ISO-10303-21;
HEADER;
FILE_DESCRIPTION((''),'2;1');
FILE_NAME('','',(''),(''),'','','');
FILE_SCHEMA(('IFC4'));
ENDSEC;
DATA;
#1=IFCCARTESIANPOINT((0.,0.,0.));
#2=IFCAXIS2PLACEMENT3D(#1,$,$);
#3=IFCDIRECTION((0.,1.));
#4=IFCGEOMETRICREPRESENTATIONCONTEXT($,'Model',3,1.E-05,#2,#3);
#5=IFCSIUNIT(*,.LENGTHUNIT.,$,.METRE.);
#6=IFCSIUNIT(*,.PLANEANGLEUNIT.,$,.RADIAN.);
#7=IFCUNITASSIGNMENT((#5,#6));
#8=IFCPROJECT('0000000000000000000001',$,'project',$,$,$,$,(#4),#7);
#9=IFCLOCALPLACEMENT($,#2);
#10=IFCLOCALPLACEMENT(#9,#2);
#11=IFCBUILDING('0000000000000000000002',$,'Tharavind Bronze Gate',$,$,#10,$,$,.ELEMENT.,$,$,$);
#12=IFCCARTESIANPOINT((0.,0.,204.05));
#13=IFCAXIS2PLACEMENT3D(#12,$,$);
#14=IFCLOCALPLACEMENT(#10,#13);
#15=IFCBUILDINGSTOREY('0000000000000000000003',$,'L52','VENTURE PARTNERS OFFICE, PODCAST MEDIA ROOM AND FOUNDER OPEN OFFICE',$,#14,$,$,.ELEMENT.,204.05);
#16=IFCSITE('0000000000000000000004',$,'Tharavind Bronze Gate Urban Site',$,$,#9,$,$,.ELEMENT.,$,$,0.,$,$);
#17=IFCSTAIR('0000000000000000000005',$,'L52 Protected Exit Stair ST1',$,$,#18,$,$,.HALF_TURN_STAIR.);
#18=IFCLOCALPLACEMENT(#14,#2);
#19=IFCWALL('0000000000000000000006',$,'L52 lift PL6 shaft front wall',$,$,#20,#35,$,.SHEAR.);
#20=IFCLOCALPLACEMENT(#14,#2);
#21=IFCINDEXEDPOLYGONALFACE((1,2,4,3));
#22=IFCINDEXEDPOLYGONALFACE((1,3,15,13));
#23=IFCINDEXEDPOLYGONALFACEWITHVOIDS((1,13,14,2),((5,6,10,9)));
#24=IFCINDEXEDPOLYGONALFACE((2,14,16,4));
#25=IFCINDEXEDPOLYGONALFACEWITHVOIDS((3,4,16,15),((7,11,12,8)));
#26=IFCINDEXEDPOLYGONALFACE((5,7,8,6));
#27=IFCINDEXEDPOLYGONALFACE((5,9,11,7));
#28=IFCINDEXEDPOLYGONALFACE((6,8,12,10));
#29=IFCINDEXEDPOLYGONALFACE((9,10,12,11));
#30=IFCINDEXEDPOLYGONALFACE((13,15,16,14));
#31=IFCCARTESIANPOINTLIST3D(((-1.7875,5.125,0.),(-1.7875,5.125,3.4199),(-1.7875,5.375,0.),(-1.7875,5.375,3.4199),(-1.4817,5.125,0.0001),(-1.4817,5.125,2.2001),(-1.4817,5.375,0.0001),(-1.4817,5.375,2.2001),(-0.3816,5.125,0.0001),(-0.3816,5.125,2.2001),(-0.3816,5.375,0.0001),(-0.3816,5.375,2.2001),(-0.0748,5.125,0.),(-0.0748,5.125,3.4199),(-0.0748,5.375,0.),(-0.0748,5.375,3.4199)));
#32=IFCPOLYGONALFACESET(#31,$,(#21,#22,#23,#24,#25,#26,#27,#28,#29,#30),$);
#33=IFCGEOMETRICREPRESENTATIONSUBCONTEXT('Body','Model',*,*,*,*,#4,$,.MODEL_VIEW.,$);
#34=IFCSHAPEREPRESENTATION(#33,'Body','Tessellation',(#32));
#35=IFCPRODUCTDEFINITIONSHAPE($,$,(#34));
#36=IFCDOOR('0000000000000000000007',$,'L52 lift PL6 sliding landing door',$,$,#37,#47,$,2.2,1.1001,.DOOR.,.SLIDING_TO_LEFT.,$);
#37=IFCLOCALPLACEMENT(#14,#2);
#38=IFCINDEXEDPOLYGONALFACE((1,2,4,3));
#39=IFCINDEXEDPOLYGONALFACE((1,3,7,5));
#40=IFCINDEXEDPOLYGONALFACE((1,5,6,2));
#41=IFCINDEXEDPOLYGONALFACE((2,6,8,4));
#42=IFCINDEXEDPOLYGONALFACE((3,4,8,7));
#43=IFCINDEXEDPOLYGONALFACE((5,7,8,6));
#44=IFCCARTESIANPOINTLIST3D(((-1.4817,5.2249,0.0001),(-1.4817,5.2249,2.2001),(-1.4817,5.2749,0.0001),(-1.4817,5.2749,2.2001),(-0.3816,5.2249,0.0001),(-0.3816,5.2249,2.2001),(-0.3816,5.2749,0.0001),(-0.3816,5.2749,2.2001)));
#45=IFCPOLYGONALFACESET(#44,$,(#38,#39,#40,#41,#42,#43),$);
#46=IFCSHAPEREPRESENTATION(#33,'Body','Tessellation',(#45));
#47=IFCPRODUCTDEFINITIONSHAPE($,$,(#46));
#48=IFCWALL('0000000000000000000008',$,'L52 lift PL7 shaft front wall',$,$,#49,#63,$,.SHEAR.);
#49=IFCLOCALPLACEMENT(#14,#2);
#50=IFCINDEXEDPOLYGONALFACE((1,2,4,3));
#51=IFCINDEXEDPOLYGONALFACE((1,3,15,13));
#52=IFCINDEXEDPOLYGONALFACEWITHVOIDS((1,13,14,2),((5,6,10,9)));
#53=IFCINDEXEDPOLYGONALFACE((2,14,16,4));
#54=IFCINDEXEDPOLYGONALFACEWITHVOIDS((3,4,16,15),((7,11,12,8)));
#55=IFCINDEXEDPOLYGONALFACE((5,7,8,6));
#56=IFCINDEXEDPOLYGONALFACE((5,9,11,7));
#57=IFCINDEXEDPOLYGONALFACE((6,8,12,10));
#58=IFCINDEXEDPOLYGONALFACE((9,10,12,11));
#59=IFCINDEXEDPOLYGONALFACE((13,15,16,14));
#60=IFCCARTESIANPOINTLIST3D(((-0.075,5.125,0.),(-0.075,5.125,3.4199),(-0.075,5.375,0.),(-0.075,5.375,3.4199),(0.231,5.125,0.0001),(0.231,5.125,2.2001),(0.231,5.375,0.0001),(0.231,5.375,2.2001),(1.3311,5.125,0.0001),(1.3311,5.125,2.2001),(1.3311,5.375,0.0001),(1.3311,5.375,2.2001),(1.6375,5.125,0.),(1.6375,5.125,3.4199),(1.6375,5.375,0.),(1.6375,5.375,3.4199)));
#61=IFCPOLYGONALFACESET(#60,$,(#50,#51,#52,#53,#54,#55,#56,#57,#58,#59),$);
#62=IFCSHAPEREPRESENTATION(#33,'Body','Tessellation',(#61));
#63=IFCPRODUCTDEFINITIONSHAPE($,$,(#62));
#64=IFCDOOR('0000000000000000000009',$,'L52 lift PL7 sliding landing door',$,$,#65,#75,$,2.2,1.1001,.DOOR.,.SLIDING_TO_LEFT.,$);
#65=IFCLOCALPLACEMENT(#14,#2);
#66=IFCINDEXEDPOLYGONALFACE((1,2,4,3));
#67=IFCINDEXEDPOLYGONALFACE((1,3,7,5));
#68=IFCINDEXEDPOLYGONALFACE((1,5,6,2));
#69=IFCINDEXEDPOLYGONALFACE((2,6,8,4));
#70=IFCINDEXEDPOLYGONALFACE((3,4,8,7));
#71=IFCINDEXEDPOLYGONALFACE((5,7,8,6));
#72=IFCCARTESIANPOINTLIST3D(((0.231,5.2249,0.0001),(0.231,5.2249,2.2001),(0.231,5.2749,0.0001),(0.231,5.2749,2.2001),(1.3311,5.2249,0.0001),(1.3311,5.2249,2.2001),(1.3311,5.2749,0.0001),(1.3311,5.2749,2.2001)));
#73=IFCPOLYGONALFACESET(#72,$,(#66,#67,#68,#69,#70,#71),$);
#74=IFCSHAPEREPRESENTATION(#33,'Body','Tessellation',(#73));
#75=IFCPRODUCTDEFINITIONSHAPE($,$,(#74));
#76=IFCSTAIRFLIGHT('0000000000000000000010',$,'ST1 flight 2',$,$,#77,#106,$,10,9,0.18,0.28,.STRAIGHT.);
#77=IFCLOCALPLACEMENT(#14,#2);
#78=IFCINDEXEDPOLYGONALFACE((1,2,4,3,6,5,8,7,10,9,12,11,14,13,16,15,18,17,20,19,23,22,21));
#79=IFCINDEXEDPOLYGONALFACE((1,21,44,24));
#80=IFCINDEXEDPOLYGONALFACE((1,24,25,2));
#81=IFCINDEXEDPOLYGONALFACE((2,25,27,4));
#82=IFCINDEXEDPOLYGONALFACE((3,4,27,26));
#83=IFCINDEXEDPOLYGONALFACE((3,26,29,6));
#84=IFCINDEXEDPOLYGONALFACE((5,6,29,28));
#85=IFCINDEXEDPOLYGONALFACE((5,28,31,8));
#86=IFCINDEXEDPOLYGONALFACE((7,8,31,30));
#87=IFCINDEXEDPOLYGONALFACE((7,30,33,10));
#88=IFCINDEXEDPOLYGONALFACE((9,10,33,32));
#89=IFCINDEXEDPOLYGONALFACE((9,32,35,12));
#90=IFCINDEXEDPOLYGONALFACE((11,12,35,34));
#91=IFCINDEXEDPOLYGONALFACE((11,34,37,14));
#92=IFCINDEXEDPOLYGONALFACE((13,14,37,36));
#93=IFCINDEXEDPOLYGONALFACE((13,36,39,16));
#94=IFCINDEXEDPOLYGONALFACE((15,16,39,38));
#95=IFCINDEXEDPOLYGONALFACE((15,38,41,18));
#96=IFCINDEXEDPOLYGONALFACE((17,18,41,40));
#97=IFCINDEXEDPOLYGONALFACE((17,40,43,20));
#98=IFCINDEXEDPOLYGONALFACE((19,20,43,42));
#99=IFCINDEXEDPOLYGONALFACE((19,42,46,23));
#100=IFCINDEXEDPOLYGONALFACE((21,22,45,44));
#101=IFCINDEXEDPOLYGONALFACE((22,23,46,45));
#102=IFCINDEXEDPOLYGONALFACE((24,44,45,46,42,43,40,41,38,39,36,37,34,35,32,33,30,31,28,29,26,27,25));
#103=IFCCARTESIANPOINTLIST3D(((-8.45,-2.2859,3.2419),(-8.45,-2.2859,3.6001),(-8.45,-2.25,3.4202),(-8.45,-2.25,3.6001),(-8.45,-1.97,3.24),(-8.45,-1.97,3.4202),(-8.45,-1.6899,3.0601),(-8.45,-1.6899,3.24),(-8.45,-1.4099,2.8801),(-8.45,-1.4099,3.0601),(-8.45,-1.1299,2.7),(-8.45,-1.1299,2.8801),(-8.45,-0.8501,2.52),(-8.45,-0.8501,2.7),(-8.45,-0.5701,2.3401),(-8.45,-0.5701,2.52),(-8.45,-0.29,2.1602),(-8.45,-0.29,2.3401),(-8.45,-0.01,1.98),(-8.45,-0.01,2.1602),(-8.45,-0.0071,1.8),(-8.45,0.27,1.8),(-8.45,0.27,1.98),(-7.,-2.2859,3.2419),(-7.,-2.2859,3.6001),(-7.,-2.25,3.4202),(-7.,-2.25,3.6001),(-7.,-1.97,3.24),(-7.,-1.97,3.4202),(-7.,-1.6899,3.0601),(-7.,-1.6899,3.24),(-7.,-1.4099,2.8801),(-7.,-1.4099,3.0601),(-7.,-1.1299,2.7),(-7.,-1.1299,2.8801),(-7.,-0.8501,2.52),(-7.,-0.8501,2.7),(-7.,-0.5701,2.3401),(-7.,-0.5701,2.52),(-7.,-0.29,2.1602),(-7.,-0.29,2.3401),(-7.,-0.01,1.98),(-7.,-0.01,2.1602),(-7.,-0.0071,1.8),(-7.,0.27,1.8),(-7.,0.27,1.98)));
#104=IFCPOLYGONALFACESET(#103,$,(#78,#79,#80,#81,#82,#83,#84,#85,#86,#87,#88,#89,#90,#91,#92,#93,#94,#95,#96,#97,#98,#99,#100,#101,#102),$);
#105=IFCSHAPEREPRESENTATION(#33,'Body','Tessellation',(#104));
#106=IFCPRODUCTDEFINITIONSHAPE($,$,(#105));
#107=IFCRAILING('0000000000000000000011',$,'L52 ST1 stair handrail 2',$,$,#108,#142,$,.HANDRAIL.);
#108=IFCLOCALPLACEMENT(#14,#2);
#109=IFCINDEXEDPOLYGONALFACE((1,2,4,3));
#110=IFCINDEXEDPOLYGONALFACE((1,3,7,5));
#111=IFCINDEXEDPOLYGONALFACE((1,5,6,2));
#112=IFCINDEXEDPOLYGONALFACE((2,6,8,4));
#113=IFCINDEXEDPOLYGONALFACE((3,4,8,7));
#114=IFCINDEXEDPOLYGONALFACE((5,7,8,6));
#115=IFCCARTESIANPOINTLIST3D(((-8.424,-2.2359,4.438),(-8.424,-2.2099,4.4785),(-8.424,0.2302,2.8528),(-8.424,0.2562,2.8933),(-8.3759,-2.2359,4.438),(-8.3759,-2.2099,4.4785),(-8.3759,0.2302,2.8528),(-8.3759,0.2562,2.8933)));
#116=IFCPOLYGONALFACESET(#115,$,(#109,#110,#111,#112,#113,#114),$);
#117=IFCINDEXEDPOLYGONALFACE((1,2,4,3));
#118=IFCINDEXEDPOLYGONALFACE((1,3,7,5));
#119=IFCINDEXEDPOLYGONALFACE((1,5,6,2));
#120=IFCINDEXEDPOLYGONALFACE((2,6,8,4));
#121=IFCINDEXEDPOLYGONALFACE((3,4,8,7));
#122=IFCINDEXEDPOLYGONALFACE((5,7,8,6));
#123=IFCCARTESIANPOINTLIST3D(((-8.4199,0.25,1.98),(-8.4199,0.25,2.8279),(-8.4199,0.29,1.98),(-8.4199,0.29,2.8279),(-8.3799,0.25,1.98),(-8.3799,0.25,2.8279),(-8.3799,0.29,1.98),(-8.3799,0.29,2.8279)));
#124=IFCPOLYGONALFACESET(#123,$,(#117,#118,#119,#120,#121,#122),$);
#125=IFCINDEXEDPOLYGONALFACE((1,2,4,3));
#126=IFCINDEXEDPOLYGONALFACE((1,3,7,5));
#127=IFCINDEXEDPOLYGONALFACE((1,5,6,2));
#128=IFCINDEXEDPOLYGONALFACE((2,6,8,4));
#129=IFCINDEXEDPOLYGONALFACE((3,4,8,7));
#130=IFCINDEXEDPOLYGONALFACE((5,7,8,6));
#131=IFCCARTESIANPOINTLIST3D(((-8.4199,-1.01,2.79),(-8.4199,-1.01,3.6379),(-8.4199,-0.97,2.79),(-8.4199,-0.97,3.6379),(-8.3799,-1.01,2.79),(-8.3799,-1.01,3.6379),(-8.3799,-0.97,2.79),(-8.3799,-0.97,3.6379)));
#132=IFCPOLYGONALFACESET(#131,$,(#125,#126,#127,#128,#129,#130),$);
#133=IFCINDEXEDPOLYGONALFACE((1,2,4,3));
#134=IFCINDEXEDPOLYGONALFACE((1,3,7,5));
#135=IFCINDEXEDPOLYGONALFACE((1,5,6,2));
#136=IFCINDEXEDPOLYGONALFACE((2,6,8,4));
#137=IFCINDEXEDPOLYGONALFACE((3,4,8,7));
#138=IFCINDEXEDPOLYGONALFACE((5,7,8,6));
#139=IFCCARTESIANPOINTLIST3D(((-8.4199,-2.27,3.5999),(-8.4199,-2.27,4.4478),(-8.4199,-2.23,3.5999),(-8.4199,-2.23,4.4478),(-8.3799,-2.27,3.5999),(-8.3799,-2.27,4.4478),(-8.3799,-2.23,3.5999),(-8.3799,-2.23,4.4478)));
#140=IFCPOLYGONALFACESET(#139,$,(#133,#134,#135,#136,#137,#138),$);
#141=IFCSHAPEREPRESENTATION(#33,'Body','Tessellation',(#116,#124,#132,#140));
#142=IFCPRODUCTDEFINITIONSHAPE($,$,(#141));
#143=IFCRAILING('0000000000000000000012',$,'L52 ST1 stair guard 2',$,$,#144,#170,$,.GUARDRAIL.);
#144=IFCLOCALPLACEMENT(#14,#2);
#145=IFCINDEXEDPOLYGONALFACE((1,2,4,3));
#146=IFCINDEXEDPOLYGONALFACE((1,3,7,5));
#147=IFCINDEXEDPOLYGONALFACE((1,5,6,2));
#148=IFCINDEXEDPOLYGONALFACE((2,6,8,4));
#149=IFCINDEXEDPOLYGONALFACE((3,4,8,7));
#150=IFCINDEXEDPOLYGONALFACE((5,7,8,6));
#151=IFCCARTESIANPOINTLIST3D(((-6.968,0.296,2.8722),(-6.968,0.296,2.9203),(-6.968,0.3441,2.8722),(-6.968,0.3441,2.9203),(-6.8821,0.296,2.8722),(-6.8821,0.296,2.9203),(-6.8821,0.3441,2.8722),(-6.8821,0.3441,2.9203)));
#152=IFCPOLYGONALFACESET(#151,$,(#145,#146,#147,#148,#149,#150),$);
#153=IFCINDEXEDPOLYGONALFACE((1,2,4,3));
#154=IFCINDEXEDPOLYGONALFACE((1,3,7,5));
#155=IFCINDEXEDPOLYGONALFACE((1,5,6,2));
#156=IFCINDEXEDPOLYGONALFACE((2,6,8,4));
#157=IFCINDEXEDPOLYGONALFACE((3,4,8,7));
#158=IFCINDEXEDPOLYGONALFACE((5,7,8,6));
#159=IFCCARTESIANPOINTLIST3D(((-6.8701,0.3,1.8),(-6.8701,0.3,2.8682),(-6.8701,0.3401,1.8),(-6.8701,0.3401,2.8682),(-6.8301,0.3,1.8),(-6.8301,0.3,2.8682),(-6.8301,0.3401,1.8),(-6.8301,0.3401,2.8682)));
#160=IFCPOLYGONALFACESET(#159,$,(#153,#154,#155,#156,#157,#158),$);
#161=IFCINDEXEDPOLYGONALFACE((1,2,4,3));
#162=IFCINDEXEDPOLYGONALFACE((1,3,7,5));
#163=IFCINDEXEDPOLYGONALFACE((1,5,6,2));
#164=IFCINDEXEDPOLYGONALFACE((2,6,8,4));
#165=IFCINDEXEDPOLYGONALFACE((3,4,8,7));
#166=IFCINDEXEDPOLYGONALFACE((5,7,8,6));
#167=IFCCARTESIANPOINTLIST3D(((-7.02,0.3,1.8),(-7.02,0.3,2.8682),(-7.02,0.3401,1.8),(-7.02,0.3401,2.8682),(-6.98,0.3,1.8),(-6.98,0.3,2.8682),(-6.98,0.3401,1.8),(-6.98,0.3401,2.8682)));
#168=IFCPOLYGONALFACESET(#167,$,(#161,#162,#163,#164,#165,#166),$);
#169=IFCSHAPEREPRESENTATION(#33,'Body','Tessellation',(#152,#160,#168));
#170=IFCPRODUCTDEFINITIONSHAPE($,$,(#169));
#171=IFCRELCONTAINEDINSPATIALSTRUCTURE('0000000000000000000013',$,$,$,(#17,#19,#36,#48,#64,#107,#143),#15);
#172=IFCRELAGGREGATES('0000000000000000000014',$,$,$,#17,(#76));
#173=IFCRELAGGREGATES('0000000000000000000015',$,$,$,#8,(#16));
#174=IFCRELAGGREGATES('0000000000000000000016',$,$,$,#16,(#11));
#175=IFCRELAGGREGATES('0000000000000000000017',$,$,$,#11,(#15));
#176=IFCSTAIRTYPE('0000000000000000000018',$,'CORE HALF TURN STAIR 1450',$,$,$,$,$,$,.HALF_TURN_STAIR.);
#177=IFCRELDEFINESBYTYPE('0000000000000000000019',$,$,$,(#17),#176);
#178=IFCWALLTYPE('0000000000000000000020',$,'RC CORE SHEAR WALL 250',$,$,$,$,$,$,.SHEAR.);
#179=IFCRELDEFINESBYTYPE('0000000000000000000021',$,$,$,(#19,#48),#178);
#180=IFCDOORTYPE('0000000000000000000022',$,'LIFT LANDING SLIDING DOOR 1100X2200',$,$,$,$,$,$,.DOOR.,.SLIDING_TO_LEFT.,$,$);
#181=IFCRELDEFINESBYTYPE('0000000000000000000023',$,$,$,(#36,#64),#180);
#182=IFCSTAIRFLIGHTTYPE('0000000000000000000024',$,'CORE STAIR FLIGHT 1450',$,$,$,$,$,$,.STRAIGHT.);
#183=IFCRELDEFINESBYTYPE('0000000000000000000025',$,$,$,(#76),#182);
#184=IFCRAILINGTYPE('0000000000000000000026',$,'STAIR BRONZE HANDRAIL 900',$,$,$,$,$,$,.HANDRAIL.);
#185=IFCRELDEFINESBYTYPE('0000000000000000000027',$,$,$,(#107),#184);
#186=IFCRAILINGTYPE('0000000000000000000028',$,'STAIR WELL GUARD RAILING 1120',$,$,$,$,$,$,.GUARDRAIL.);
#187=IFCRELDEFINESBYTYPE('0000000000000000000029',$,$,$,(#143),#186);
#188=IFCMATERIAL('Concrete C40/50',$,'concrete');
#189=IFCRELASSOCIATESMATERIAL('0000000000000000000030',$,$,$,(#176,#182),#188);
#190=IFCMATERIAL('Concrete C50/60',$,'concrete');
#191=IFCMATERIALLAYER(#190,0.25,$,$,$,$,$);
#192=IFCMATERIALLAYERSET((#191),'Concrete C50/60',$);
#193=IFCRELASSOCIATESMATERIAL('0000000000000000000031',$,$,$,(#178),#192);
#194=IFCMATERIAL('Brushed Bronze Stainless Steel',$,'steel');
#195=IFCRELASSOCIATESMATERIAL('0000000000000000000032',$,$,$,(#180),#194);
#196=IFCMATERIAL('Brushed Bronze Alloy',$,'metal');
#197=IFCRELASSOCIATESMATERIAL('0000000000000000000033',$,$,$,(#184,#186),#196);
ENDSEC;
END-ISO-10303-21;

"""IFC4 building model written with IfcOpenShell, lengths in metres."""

from ifc_helpers import new_model, si_unit, direction, frame, frame_2d, origin, origin_2d, place, context, subcontext, project, spatial, polyline, rectangle, outline, extrude, material, layer, layer_set, type_object, element, fill, aggregate, save


model = new_model("IFC4")

# Units and contexts
model_context = context("Model", 3, precision=1e-05, world=origin(), true_north=direction((0.0, 1.0)))
body_context = subcontext(model_context, "Body", "Model", "MODEL_VIEW")
ifc_project = project(units=[si_unit("LENGTHUNIT", "METRE"), si_unit("PLANEANGLEUNIT", "RADIAN")], contexts=[model_context])

# Site, building, storey
site_placement = place(None, origin())
site = spatial("IfcSite", under=ifc_project, at=site_placement, Name="Tharavind Bronze Gate Urban Site", CompositionType="ELEMENT", RefElevation=0.0)
building_placement = place(site_placement, origin())
building = spatial("IfcBuilding", under=site, at=building_placement, Name="Tharavind Bronze Gate", CompositionType="ELEMENT")
storey_placement = place(building_placement, frame((0.0, 0.0, 204.05)))
storey = spatial("IfcBuildingStorey", under=building, at=storey_placement, Name="L52", Description="VENTURE PARTNERS OFFICE, PODCAST MEDIA ROOM AND FOUNDER OPEN OFFICE", CompositionType="ELEMENT", Elevation=204.05)

# Shared definitions
ifc_material_1 = material(Name="Concrete C40/50", Category="concrete")

# Stair
stair_type = type_object("IfcStairType", Name="CORE HALF TURN STAIR 1450", PredefinedType="HALF_TURN_STAIR", material=ifc_material_1)
stair_1_placement = place(storey_placement, origin())
stair_1 = element("IfcStair", 1, at=stair_1_placement, inside=storey, type_object=stair_type, Name="L52 Protected Exit Stair ST1", PredefinedType="HALF_TURN_STAIR")

# Walls, openings, doors
ifc_material_2 = material(Name="Concrete C50/60", Category="concrete")
ifc_layer_1 = layer(ifc_material_2, 0.25)
ifc_layer_set_1 = layer_set([ifc_layer_1], Name="Concrete C50/60")
wall_type_1 = type_object("IfcWallType", Name="RC CORE SHEAR WALL 250", PredefinedType="SHEAR", material=ifc_layer_set_1)
ifc_material_3 = material(Name="Brushed Bronze Stainless Steel", Category="steel")
door_type_1 = type_object("IfcDoorType", Name="LIFT LANDING SLIDING DOOR 1100X2200", OperationType="SLIDING_TO_LEFT", PredefinedType="DOOR", material=ifc_material_3)
wall_1_placement = place(storey_placement, frame((-1.7876, 5.25, 0.0), z_axis=(0.0, 0.0, 1.0), x_axis=(1.0, 0.0, 0.0)))
wall_1 = element("IfcWall", 2, at=wall_1_placement, inside=storey, type_object=wall_type_1, Name="L52 lift PL6 shaft front wall", PredefinedType="SHEAR", context=body_context, shape_type="SweptSolid", body=[
    extrude(rectangle(XDim=1.7126, YDim=0.25, at=frame_2d((0.8564, 0.0))), origin(), (0.0, 0.0, 1.0), 3.4199),
])
opening_1_placement = place(wall_1_placement, frame((0.3059, 0.0, 0.0)))
opening_1 = element("IfcOpeningElement", 3, at=opening_1_placement, cuts=wall_1, PredefinedType="OPENING", context=body_context, shape_type="SweptSolid", body=[
    extrude(rectangle(XDim=1.1001, YDim=2.2, at=frame_2d((0.55, 1.1001))), frame((0.0, 0.135, 0.0), z_axis=(0.0, -1.0, 0.0), x_axis=(1.0, 0.0, 0.0)), (0.0, 0.0, 1.0), 0.27),
])
door_1_placement = place(opening_1_placement, origin())
door_1 = element("IfcDoor", 4, at=door_1_placement, inside=storey, type_object=door_type_1, Name="L52 lift PL6 sliding landing door", OperationType="SLIDING_TO_LEFT", OverallHeight=2.2, OverallWidth=1.1001, PredefinedType="DOOR", context=body_context, shape_type="SweptSolid", body=[
    extrude(rectangle(XDim=1.1001, YDim=2.2, at=frame_2d((0.55, 1.1001))), frame((0.0, 0.0249, 0.0), z_axis=(0.0, -1.0, 0.0), x_axis=(1.0, 0.0, 0.0)), (0.0, 0.0, 1.0), 0.05),
])
fill(opening_1, door_1)
wall_2_placement = place(storey_placement, frame((-0.075, 5.25, 0.0), z_axis=(0.0, 0.0, 1.0), x_axis=(1.0, 0.0, 0.0)))
wall_2 = element("IfcWall", 5, at=wall_2_placement, inside=storey, type_object=wall_type_1, Name="L52 lift PL7 shaft front wall", PredefinedType="SHEAR", context=body_context, shape_type="SweptSolid", body=[
    extrude(rectangle(XDim=1.7124, YDim=0.25, at=frame_2d((0.8562, 0.0))), origin(), (0.0, 0.0, 1.0), 3.4199),
])
opening_2_placement = place(wall_2_placement, frame((0.3059, 0.0, 0.0)))
opening_2 = element("IfcOpeningElement", 6, at=opening_2_placement, cuts=wall_2, PredefinedType="OPENING", context=body_context, shape_type="SweptSolid", body=[
    extrude(rectangle(XDim=1.1001, YDim=2.2, at=frame_2d((0.55, 1.1001))), frame((0.0, 0.135, 0.0), z_axis=(0.0, -1.0, 0.0), x_axis=(1.0, 0.0, 0.0)), (0.0, 0.0, 1.0), 0.27),
])
door_2_placement = place(opening_2_placement, origin())
door_2 = element("IfcDoor", 7, at=door_2_placement, inside=storey, type_object=door_type_1, Name="L52 lift PL7 sliding landing door", OperationType="SLIDING_TO_LEFT", OverallHeight=2.2, OverallWidth=1.1001, PredefinedType="DOOR", context=body_context, shape_type="SweptSolid", body=[
    extrude(rectangle(XDim=1.1001, YDim=2.2, at=frame_2d((0.55, 1.1001))), frame((0.0, 0.0249, 0.0), z_axis=(0.0, -1.0, 0.0), x_axis=(1.0, 0.0, 0.0)), (0.0, 0.0, 1.0), 0.05),
])
fill(opening_2, door_2)

# Stair flight
stair_flight_type = type_object("IfcStairFlightType", Name="CORE STAIR FLIGHT 1450", PredefinedType="STRAIGHT", material=ifc_material_1)
stair_flight_placement = place(storey_placement, frame((-7.7251, 0.27, 1.8), z_axis=(0.0, 0.0, 1.0), x_axis=(0.0, -1.0, 0.0)))
stair_flight = element("IfcStairFlight", 8, at=stair_flight_placement, type_object=stair_flight_type, Name="ST1 flight 2", NumberOfRisers=10, NumberOfTreads=9, PredefinedType="STRAIGHT", RiserHeight=0.18, TreadLength=0.28, context=body_context, shape_type="SweptSolid", body=[
    extrude(outline(polyline([(0.0, 0.0), (0.0, 0.1799), (0.28, 0.1799), (0.28, 0.3601), (0.5601, 0.3601), (0.5601, 0.54), (0.8401, 0.54), (0.8401, 0.72), (1.1201, 0.72), (1.1201, 0.8999), (1.3999, 0.8999), (1.3999, 1.0801), (1.6799, 1.0801), (1.6799, 1.26), (1.96, 1.26), (1.96, 1.4399), (2.24, 1.4399), (2.24, 1.6201), (2.52, 1.6201), (2.52, 1.8), (2.5559, 1.8), (2.5559, 1.4419), (0.2771, 0.0), (0.0, 0.0)])), frame((0.0, 0.7251, 0.0), z_axis=(0.0, -1.0, 0.0), x_axis=(1.0, 0.0, 0.0)), (0.0, 0.0, 1.0), 1.45),
])
aggregate(stair_1, [stair_flight])

# Railings
ifc_material_4 = material(Name="Brushed Bronze Alloy", Category="metal")
railing_type_1 = type_object("IfcRailingType", Name="STAIR BRONZE HANDRAIL 900", PredefinedType="HANDRAIL", material=ifc_material_4)
railing_1_placement = place(storey_placement, frame((-8.3999, 0.27, 1.98)))
element("IfcRailing", 9, at=railing_1_placement, inside=storey, type_object=railing_type_1, Name="L52 ST1 stair handrail 2", PredefinedType="HANDRAIL", context=body_context, shape_type="SweptSolid", body=[
    extrude(rectangle(XDim=0.0481, YDim=0.0481, at=origin_2d()), frame((0.0, -0.0269, 0.8931), z_axis=(0.0, -0.8412, 0.540725), x_axis=(1.0, 0.0, 0.0)), (0.0, 0.0, 1.0), 2.9316),
    extrude(rectangle(XDim=0.04, YDim=0.04, at=origin_2d()), origin(), (0.0, 0.0, 1.0), 0.8479),
    extrude(rectangle(XDim=0.04, YDim=0.04, at=origin_2d()), frame((0.0, -1.26, 0.8101)), (0.0, 0.0, 1.0), 0.8479),
    extrude(rectangle(XDim=0.04, YDim=0.04, at=origin_2d()), frame((0.0, -2.52, 1.6199)), (0.0, 0.0, 1.0), 0.8479),
])
railing_type_2 = type_object("IfcRailingType", Name="STAIR WELL GUARD RAILING 1120", PredefinedType="GUARDRAIL", material=ifc_material_4)
railing_2_placement = place(storey_placement, frame((-6.8501, 0.3201, 1.8)))
element("IfcRailing", 10, at=railing_2_placement, inside=storey, type_object=railing_type_2, Name="L52 ST1 stair guard 2", PredefinedType="GUARDRAIL", context=body_context, shape_type="SweptSolid", body=[
    extrude(rectangle(XDim=0.0481, YDim=0.0481, at=origin_2d()), frame((-0.032, 0.0, 1.0962), z_axis=(-1.0, 0.0, 0.0), x_axis=(0.0, -1.0, 0.0)), (0.0, 0.0, 1.0), 0.0859),
    extrude(rectangle(XDim=0.04, YDim=0.04, at=origin_2d()), origin(), (0.0, 0.0, 1.0), 1.0681),
    extrude(rectangle(XDim=0.04, YDim=0.04, at=origin_2d()), frame((-0.1499, 0.0, 0.0)), (0.0, 0.0, 1.0), 1.0681),
])

save(model, "model.ifc")
